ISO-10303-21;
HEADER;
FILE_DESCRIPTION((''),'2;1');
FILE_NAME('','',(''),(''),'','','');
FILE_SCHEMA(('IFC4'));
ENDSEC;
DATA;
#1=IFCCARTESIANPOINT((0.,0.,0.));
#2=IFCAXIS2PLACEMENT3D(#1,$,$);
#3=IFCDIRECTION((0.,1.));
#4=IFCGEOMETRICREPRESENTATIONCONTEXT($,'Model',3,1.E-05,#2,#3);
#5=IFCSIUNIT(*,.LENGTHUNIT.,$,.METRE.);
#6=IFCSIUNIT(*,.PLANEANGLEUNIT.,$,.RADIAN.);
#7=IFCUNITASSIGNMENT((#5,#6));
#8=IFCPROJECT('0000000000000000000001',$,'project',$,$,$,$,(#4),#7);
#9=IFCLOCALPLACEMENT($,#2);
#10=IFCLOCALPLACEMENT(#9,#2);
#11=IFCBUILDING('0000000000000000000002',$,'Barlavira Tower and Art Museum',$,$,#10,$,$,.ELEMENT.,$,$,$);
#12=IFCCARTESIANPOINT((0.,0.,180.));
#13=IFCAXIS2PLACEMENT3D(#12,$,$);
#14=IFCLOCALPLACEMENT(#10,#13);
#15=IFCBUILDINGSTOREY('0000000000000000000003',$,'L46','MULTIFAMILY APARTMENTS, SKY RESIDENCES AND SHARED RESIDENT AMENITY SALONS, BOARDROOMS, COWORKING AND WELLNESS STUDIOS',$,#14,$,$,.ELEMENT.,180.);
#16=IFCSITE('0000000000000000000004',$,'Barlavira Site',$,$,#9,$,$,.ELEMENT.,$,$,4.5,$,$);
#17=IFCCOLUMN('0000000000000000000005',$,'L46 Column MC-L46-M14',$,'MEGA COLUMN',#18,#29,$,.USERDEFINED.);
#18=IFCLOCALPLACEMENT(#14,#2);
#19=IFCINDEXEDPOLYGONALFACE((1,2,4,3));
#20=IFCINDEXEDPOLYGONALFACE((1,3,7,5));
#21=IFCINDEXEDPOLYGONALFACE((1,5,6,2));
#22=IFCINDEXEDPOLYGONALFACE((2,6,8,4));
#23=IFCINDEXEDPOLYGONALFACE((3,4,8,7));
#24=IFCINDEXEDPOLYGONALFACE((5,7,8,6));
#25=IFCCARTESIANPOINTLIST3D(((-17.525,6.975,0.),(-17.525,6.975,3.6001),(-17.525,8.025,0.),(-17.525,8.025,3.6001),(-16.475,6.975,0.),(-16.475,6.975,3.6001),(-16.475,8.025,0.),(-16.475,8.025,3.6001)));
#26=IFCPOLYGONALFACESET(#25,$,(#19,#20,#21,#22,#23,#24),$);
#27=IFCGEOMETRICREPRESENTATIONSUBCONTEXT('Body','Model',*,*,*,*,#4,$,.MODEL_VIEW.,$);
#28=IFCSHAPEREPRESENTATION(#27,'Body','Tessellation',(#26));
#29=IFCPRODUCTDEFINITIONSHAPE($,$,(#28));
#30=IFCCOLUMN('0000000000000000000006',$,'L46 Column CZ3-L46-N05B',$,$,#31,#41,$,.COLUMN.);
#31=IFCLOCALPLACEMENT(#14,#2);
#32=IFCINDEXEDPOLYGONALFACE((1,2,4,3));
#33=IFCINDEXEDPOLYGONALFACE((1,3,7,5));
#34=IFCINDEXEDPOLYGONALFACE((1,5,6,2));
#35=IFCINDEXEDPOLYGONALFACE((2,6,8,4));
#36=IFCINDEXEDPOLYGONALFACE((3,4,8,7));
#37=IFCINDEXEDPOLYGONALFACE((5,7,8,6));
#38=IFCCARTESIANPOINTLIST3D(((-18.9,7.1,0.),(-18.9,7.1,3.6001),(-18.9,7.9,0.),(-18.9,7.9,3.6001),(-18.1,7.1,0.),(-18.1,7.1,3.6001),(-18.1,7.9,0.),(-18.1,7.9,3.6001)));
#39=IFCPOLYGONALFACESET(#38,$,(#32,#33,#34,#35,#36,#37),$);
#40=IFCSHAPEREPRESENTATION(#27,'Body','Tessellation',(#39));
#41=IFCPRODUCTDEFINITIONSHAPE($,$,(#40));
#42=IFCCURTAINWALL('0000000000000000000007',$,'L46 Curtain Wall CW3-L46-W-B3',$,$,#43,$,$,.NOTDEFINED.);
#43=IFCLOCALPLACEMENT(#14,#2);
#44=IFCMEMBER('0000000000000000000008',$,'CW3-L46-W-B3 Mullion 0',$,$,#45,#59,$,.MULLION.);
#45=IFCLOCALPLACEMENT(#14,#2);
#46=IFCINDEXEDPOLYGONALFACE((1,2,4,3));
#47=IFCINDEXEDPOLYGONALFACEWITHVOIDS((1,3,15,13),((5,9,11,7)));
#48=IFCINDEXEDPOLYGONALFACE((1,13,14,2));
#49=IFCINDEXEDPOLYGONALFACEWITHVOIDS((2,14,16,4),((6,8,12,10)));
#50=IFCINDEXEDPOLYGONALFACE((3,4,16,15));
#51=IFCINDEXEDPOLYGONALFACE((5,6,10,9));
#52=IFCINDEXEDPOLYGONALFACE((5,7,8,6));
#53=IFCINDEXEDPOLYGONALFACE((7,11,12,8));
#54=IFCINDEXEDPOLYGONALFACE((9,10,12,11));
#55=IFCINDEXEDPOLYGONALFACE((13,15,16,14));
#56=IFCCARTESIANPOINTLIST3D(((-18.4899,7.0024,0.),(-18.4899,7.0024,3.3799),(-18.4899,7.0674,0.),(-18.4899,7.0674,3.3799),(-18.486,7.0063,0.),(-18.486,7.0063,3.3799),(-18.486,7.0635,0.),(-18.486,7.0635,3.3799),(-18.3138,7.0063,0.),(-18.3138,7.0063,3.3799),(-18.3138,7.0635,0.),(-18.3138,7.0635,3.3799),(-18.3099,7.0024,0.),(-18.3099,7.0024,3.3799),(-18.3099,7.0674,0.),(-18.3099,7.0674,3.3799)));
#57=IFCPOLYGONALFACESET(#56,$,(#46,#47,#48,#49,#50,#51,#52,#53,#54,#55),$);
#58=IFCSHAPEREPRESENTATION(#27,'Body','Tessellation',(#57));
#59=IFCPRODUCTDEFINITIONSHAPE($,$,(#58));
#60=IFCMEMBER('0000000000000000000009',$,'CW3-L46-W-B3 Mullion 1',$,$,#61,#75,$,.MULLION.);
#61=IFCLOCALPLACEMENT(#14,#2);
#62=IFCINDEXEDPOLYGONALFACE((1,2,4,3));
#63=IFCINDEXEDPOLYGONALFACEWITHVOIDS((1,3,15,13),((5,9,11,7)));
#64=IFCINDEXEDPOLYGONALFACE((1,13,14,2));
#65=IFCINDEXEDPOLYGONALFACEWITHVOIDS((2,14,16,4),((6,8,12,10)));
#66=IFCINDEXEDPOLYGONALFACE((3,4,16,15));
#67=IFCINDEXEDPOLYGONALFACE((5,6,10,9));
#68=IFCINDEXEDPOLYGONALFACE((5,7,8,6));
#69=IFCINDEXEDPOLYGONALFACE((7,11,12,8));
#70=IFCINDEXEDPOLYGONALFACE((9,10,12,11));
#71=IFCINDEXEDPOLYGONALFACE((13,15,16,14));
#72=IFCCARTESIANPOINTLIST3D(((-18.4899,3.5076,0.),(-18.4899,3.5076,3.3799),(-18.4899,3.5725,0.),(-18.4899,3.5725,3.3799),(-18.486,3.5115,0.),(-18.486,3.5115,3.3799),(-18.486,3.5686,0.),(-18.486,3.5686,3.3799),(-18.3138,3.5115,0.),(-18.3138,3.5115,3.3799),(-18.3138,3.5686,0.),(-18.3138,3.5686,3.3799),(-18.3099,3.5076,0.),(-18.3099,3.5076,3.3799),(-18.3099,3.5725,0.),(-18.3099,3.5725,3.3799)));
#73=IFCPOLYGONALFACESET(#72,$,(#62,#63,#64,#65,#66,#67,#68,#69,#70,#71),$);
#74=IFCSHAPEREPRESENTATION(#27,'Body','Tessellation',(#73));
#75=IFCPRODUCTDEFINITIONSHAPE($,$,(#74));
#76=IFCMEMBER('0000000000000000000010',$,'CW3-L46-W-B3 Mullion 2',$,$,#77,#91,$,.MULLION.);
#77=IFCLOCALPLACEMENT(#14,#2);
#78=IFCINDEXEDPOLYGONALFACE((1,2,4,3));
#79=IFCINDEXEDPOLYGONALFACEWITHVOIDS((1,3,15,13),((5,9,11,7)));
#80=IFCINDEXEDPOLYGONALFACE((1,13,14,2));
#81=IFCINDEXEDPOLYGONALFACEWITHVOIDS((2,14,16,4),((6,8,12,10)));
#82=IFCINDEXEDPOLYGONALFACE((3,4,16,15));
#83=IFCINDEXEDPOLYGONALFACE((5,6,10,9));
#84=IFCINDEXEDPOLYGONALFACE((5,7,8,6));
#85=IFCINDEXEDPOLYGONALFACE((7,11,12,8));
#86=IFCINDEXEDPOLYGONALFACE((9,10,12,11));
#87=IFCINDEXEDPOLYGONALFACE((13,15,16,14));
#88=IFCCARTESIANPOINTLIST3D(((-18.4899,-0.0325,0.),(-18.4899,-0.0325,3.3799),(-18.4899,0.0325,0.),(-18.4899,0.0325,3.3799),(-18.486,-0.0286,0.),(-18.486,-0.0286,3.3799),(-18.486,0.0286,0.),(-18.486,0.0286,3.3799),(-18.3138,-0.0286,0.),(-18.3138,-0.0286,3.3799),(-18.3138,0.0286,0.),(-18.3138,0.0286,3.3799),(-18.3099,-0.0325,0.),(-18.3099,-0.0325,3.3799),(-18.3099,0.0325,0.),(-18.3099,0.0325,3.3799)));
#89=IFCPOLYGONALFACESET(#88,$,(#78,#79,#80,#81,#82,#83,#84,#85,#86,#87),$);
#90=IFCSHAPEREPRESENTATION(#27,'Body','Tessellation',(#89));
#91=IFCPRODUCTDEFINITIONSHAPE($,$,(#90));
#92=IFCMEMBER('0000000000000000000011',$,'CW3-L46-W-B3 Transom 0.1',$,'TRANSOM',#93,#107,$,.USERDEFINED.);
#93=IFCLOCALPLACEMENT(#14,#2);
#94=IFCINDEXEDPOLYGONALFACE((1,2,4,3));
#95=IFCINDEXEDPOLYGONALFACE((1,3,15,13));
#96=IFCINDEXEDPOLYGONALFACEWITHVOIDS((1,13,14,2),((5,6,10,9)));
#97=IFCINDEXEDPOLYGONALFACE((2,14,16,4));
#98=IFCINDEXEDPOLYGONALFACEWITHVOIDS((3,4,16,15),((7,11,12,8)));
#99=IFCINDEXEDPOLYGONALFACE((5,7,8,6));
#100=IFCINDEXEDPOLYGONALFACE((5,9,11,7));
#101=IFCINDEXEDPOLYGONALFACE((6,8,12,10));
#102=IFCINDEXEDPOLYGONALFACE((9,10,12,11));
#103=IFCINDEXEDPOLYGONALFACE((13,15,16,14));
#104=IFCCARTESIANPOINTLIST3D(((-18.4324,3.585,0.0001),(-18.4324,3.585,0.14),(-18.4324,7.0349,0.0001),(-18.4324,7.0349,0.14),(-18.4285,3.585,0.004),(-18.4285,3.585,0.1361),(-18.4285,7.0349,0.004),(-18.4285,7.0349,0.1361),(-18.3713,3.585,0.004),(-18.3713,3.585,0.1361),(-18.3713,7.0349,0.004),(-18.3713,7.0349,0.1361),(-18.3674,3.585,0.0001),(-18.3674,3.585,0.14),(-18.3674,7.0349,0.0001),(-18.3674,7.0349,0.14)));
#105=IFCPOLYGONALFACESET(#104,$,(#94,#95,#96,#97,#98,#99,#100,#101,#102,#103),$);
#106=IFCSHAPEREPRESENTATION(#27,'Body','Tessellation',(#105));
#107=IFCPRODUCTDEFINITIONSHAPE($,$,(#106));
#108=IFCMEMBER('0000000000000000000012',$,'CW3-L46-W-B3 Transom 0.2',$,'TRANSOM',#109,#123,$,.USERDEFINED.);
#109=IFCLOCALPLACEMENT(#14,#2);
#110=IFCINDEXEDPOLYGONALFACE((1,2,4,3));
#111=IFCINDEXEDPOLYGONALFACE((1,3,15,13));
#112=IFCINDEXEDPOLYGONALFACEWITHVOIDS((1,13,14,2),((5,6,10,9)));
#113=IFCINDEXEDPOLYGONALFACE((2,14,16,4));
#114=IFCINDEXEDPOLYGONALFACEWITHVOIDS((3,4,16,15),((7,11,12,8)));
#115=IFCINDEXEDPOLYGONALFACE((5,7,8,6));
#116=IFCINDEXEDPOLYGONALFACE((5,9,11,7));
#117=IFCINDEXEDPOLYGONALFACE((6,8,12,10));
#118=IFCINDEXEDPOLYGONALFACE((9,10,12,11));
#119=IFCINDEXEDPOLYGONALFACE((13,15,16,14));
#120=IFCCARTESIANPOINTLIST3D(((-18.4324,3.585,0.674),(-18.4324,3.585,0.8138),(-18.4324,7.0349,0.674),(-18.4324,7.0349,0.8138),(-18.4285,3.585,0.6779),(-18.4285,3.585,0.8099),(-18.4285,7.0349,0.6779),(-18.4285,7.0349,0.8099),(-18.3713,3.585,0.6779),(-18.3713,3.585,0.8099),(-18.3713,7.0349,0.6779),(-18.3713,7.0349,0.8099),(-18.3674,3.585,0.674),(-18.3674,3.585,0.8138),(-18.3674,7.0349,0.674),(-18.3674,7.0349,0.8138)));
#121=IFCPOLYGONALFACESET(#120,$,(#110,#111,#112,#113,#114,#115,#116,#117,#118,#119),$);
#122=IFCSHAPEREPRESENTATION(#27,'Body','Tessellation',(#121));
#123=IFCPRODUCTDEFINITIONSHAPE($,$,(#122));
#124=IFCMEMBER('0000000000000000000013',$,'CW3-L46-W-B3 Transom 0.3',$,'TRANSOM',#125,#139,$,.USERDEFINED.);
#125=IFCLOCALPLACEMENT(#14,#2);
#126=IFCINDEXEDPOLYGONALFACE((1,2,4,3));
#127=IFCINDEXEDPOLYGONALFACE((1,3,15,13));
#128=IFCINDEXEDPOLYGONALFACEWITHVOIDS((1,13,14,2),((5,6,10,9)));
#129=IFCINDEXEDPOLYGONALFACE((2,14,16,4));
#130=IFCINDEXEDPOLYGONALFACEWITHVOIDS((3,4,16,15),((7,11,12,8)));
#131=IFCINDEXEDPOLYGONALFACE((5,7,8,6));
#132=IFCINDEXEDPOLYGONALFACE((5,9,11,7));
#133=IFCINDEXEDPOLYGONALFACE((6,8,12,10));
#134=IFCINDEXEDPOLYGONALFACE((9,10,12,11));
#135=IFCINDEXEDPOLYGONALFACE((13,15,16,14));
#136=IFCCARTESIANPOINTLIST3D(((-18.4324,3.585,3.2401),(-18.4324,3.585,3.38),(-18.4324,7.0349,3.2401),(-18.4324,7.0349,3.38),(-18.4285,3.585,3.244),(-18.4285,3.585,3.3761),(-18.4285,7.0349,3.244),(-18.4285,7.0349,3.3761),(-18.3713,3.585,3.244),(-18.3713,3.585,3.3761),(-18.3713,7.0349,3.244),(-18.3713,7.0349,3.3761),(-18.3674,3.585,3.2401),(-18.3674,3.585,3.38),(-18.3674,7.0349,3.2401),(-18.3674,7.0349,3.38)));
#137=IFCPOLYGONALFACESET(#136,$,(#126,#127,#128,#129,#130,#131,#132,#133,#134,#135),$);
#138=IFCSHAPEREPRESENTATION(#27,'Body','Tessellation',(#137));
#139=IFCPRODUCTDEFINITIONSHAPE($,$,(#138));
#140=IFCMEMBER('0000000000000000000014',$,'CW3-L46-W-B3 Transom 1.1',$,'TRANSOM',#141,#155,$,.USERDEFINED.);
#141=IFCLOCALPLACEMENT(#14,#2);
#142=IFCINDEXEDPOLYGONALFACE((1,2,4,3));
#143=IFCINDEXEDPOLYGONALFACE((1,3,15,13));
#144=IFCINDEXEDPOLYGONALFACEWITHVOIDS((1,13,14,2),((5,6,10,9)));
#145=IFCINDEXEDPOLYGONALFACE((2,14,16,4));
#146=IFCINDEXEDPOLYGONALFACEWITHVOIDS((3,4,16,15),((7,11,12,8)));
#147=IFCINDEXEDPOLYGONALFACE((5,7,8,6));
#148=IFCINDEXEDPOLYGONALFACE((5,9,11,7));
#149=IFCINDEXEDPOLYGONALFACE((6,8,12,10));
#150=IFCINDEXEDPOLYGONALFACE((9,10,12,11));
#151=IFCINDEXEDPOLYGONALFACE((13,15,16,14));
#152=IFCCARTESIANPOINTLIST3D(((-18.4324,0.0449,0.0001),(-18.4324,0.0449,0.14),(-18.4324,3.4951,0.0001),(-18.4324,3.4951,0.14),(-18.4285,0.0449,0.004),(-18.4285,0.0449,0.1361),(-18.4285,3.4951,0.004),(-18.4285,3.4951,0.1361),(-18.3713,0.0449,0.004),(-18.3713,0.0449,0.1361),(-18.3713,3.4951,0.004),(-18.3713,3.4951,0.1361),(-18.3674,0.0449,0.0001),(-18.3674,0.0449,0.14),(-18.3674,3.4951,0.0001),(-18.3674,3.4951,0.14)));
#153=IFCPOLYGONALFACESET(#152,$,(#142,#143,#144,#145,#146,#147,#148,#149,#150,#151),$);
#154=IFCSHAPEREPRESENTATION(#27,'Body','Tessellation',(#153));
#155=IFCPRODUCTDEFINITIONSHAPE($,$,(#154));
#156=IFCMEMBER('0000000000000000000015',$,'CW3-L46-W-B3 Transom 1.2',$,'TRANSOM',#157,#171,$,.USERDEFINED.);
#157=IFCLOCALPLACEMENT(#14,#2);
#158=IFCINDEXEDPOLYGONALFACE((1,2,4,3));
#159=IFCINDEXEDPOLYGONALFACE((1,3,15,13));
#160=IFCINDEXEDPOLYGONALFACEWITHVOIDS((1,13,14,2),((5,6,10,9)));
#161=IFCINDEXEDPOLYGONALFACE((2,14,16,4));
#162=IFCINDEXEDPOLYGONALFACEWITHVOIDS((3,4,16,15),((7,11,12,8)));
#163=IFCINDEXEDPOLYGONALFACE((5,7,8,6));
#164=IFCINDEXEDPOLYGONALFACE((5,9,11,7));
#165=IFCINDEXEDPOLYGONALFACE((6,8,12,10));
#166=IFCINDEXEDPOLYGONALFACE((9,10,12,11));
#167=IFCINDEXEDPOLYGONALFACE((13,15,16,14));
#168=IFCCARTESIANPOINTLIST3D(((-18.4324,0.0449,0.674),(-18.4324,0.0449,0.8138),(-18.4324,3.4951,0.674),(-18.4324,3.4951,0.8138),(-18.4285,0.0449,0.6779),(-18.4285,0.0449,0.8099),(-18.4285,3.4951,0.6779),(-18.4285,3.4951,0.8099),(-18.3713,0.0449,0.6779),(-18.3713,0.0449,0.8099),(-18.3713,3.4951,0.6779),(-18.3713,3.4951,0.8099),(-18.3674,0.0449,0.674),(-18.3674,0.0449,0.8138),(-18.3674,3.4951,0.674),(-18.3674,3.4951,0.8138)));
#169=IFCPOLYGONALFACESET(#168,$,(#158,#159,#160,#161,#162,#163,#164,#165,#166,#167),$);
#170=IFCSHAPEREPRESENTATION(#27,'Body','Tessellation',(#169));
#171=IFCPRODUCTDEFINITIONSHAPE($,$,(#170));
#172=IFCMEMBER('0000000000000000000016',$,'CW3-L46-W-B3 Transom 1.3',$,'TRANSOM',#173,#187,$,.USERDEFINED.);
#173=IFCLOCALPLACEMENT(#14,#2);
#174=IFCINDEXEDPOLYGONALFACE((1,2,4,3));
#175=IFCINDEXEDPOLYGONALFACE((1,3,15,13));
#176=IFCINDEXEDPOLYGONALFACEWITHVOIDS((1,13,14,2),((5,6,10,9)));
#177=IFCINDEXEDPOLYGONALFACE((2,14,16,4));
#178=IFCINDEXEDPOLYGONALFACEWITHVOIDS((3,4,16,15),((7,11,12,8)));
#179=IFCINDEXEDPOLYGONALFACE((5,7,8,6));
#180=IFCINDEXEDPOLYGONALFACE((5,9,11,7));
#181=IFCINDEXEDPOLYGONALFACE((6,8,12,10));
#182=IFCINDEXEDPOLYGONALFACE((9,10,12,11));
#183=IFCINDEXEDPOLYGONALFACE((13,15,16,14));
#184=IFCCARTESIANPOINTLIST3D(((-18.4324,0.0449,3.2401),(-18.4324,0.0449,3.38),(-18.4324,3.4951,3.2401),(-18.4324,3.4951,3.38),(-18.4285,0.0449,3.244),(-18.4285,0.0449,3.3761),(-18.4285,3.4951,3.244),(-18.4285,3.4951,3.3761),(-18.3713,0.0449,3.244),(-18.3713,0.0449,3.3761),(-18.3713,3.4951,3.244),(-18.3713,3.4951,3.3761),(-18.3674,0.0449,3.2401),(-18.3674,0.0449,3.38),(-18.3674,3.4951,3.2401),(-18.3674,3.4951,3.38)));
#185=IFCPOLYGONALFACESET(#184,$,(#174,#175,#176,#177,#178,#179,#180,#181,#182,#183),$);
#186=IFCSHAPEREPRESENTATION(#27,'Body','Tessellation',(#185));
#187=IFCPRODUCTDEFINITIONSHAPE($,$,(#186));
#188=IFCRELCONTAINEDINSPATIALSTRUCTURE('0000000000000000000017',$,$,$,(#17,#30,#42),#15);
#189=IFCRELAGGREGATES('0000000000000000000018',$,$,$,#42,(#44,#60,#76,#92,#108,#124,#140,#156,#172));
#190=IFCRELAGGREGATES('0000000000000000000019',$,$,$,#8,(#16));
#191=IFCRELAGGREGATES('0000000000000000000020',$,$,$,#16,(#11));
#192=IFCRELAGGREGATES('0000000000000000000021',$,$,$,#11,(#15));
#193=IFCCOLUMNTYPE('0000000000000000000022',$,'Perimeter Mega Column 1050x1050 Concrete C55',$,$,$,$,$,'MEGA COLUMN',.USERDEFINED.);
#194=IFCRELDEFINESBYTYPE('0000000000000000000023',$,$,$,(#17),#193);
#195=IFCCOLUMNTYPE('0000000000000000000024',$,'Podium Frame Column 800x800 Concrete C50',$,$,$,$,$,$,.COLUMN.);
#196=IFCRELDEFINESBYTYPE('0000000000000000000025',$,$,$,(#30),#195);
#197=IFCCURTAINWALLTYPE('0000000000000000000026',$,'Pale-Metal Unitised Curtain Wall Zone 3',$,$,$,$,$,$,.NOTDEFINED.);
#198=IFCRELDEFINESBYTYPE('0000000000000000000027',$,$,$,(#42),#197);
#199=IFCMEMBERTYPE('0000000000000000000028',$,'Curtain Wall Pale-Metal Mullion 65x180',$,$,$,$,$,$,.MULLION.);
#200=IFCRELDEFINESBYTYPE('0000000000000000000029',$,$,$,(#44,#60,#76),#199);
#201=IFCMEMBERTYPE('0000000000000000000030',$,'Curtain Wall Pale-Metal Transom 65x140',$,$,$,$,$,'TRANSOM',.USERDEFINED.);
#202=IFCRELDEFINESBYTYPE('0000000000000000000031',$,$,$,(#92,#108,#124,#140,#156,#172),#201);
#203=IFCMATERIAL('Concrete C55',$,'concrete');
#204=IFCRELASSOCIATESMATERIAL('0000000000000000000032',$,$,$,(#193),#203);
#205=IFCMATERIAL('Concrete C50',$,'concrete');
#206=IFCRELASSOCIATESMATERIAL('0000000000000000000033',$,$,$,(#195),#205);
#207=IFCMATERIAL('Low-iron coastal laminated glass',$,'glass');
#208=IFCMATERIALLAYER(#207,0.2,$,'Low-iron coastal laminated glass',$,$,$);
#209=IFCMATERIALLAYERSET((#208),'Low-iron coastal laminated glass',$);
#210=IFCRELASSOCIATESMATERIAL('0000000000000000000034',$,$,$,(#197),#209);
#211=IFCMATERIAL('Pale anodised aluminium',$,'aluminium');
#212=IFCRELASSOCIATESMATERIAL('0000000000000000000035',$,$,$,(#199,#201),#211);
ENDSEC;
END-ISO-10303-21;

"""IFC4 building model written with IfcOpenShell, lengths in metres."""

from ifc_helpers import new_model, si_unit, direction, frame, origin, origin_2d, place, context, subcontext, project, spatial, rectangle, hollow_rectangle, extrude, material, layer, layer_set, material_profile, profile_set, type_object, element, aggregate, save


model = new_model("IFC4")

# Units and contexts
model_context = context("Model", 3, precision=1e-05, world=origin(), true_north=direction((0.0, 1.0)))
body_context = subcontext(model_context, "Body", "Model", "MODEL_VIEW")
ifc_project = project(units=[si_unit("LENGTHUNIT", "METRE"), si_unit("PLANEANGLEUNIT", "RADIAN")], contexts=[model_context])

# Site, building, storey
site_placement = place(None, origin())
site = spatial("IfcSite", under=ifc_project, at=site_placement, Name="Barlavira Site", CompositionType="ELEMENT", RefElevation=4.5)
building_placement = place(site_placement, origin())
building = spatial("IfcBuilding", under=site, at=building_placement, Name="Barlavira Tower and Art Museum", CompositionType="ELEMENT")
storey_placement = place(building_placement, frame((0.0, 0.0, 180.0)))
storey = spatial("IfcBuildingStorey", under=building, at=storey_placement, Name="L46", Description="MULTIFAMILY APARTMENTS, SKY RESIDENCES AND SHARED RESIDENT AMENITY SALONS, BOARDROOMS, COWORKING AND WELLNESS STUDIOS", CompositionType="ELEMENT", Elevation=180.0)

# Columns
ifc_material_1 = material(Name="Concrete C55", Category="concrete")
ifc_material_profile_1 = material_profile(ifc_material_1, rectangle(XDim=1.05, YDim=1.05, at=origin_2d()), Name="RC-COL 1050x1050")
ifc_profile_set_1 = profile_set([ifc_material_profile_1], Name="Concrete C55")
column_type_1 = type_object("IfcColumnType", Name="Perimeter Mega Column 1050x1050 Concrete C55", ElementType="MEGA COLUMN", PredefinedType="USERDEFINED", material=ifc_profile_set_1)
column_1_placement = place(storey_placement, frame((-17.0, 7.5, 0.0), z_axis=(0.0, 0.0, 1.0), x_axis=(1.0, 0.0, 0.0)))
element("IfcColumn", 1, at=column_1_placement, inside=storey, type_object=column_type_1, Name="L46 Column MC-L46-M14", ObjectType="MEGA COLUMN", PredefinedType="USERDEFINED", context=body_context, shape_type="SweptSolid", body=[
    extrude(rectangle(XDim=1.05, YDim=1.05, at=origin_2d()), origin(), (0.0, 0.0, 1.0), 3.6001),
])
ifc_material_2 = material(Name="Concrete C50", Category="concrete")
ifc_material_profile_2 = material_profile(ifc_material_2, rectangle(XDim=0.8, YDim=0.8, at=origin_2d()), Name="RC-COL 800x800")
ifc_profile_set_2 = profile_set([ifc_material_profile_2], Name="Concrete C50")
column_type_2 = type_object("IfcColumnType", Name="Podium Frame Column 800x800 Concrete C50", PredefinedType="COLUMN", material=ifc_profile_set_2)
column_2_placement = place(storey_placement, frame((-18.5, 7.5, 0.0), z_axis=(0.0, 0.0, 1.0), x_axis=(1.0, 0.0, 0.0)))
element("IfcColumn", 2, at=column_2_placement, inside=storey, type_object=column_type_2, Name="L46 Column CZ3-L46-N05B", PredefinedType="COLUMN", context=body_context, shape_type="SweptSolid", body=[
    extrude(rectangle(XDim=0.8, YDim=0.8, at=origin_2d()), origin(), (0.0, 0.0, 1.0), 3.6001),
])

# Curtain wall, members
ifc_material_3 = material(Name="Low-iron coastal laminated glass", Category="glass")
ifc_layer_1 = layer(ifc_material_3, 0.2, Name="Low-iron coastal laminated glass")
ifc_layer_set_1 = layer_set([ifc_layer_1], Name="Low-iron coastal laminated glass")
curtain_wall_type = type_object("IfcCurtainWallType", Name="Pale-Metal Unitised Curtain Wall Zone 3", PredefinedType="NOTDEFINED", material=ifc_layer_set_1)
curtain_wall_placement = place(storey_placement, origin())
curtain_wall = element("IfcCurtainWall", 3, at=curtain_wall_placement, inside=storey, type_object=curtain_wall_type, Name="L46 Curtain Wall CW3-L46-W-B3", PredefinedType="NOTDEFINED")
ifc_material_4 = material(Name="Pale anodised aluminium", Category="aluminium")
ifc_material_profile_3 = material_profile(ifc_material_4, hollow_rectangle(XDim=0.0649, YDim=0.1799, WallThickness=0.0039, at=origin_2d()), Name="ALU-MULL 65x180x4")
ifc_profile_set_3 = profile_set([ifc_material_profile_3], Name="Pale anodised aluminium")
member_type_1 = type_object("IfcMemberType", Name="Curtain Wall Pale-Metal Mullion 65x180", PredefinedType="MULLION", material=ifc_profile_set_3)
member_1_placement = place(storey_placement, frame((-18.3999, 7.0349, 0.0), z_axis=(0.0, 0.0, 1.0), x_axis=(0.0, -1.0, 0.0)))
member_1 = element("IfcMember", 4, at=member_1_placement, type_object=member_type_1, Name="CW3-L46-W-B3 Mullion 0", PredefinedType="MULLION", context=body_context, shape_type="SweptSolid", body=[
    extrude(hollow_rectangle(XDim=0.0649, YDim=0.1799, WallThickness=0.0039, at=origin_2d()), origin(), (0.0, 0.0, 1.0), 3.3799),
])
member_2_placement = place(storey_placement, frame((-18.3999, 3.54, 0.0), z_axis=(0.0, 0.0, 1.0), x_axis=(0.0, -1.0, 0.0)))
member_2 = element("IfcMember", 5, at=member_2_placement, type_object=member_type_1, Name="CW3-L46-W-B3 Mullion 1", PredefinedType="MULLION", context=body_context, shape_type="SweptSolid", body=[
    extrude(hollow_rectangle(XDim=0.0649, YDim=0.1799, WallThickness=0.0039, at=origin_2d()), origin(), (0.0, 0.0, 1.0), 3.3799),
])
member_3_placement = place(storey_placement, frame((-18.3999, 0.0, 0.0), z_axis=(0.0, 0.0, 1.0), x_axis=(0.0, -1.0, 0.0)))
member_3 = element("IfcMember", 6, at=member_3_placement, type_object=member_type_1, Name="CW3-L46-W-B3 Mullion 2", PredefinedType="MULLION", context=body_context, shape_type="SweptSolid", body=[
    extrude(hollow_rectangle(XDim=0.0649, YDim=0.1799, WallThickness=0.0039, at=origin_2d()), origin(), (0.0, 0.0, 1.0), 3.3799),
])
ifc_material_profile_4 = material_profile(ifc_material_4, hollow_rectangle(XDim=0.0649, YDim=0.1399, WallThickness=0.0039, at=origin_2d()), Name="ALU-TRAN 65x140x4")
ifc_profile_set_4 = profile_set([ifc_material_profile_4], Name="Pale anodised aluminium")
member_type_2 = type_object("IfcMemberType", Name="Curtain Wall Pale-Metal Transom 65x140", ElementType="TRANSOM", PredefinedType="USERDEFINED", material=ifc_profile_set_4)
member_4_placement = place(storey_placement, frame((-18.3999, 7.0349, 0.0701), z_axis=(0.0, -1.0, 0.0), x_axis=(1.0, 0.0, 0.0)))
member_4 = element("IfcMember", 7, at=member_4_placement, type_object=member_type_2, Name="CW3-L46-W-B3 Transom 0.1", ObjectType="TRANSOM", PredefinedType="USERDEFINED", context=body_context, shape_type="SweptSolid", body=[
    extrude(hollow_rectangle(XDim=0.0649, YDim=0.1399, WallThickness=0.0039, at=origin_2d()), origin(), (0.0, 0.0, 1.0), 3.45),
])
member_5_placement = place(storey_placement, frame((-18.3999, 7.0349, 0.7439), z_axis=(0.0, -1.0, 0.0), x_axis=(1.0, 0.0, 0.0)))
member_5 = element("IfcMember", 8, at=member_5_placement, type_object=member_type_2, Name="CW3-L46-W-B3 Transom 0.2", ObjectType="TRANSOM", PredefinedType="USERDEFINED", context=body_context, shape_type="SweptSolid", body=[
    extrude(hollow_rectangle(XDim=0.0649, YDim=0.1399, WallThickness=0.0039, at=origin_2d()), origin(), (0.0, 0.0, 1.0), 3.45),
])
member_6_placement = place(storey_placement, frame((-18.3999, 7.0349, 3.3101), z_axis=(0.0, -1.0, 0.0), x_axis=(1.0, 0.0, 0.0)))
member_6 = element("IfcMember", 9, at=member_6_placement, type_object=member_type_2, Name="CW3-L46-W-B3 Transom 0.3", ObjectType="TRANSOM", PredefinedType="USERDEFINED", context=body_context, shape_type="SweptSolid", body=[
    extrude(hollow_rectangle(XDim=0.0649, YDim=0.1399, WallThickness=0.0039, at=origin_2d()), origin(), (0.0, 0.0, 1.0), 3.45),
])
member_7_placement = place(storey_placement, frame((-18.3999, 3.4951, 0.0701), z_axis=(0.0, -1.0, 0.0), x_axis=(1.0, 0.0, 0.0)))
member_7 = element("IfcMember", 10, at=member_7_placement, type_object=member_type_2, Name="CW3-L46-W-B3 Transom 1.1", ObjectType="TRANSOM", PredefinedType="USERDEFINED", context=body_context, shape_type="SweptSolid", body=[
    extrude(hollow_rectangle(XDim=0.0649, YDim=0.1399, WallThickness=0.0039, at=origin_2d()), origin(), (0.0, 0.0, 1.0), 3.4502),
])
member_8_placement = place(storey_placement, frame((-18.3999, 3.4951, 0.7439), z_axis=(0.0, -1.0, 0.0), x_axis=(1.0, 0.0, 0.0)))
member_8 = element("IfcMember", 11, at=member_8_placement, type_object=member_type_2, Name="CW3-L46-W-B3 Transom 1.2", ObjectType="TRANSOM", PredefinedType="USERDEFINED", context=body_context, shape_type="SweptSolid", body=[
    extrude(hollow_rectangle(XDim=0.0649, YDim=0.1399, WallThickness=0.0039, at=origin_2d()), origin(), (0.0, 0.0, 1.0), 3.4502),
])
member_9_placement = place(storey_placement, frame((-18.3999, 3.4951, 3.3101), z_axis=(0.0, -1.0, 0.0), x_axis=(1.0, 0.0, 0.0)))
member_9 = element("IfcMember", 12, at=member_9_placement, type_object=member_type_2, Name="CW3-L46-W-B3 Transom 1.3", ObjectType="TRANSOM", PredefinedType="USERDEFINED", context=body_context, shape_type="SweptSolid", body=[
    extrude(hollow_rectangle(XDim=0.0649, YDim=0.1399, WallThickness=0.0039, at=origin_2d()), origin(), (0.0, 0.0, 1.0), 3.4502),
])

aggregate(curtain_wall, [member_1, member_2, member_3, member_4, member_5, member_6, member_7, member_8, member_9])

save(model, "model.ifc")
